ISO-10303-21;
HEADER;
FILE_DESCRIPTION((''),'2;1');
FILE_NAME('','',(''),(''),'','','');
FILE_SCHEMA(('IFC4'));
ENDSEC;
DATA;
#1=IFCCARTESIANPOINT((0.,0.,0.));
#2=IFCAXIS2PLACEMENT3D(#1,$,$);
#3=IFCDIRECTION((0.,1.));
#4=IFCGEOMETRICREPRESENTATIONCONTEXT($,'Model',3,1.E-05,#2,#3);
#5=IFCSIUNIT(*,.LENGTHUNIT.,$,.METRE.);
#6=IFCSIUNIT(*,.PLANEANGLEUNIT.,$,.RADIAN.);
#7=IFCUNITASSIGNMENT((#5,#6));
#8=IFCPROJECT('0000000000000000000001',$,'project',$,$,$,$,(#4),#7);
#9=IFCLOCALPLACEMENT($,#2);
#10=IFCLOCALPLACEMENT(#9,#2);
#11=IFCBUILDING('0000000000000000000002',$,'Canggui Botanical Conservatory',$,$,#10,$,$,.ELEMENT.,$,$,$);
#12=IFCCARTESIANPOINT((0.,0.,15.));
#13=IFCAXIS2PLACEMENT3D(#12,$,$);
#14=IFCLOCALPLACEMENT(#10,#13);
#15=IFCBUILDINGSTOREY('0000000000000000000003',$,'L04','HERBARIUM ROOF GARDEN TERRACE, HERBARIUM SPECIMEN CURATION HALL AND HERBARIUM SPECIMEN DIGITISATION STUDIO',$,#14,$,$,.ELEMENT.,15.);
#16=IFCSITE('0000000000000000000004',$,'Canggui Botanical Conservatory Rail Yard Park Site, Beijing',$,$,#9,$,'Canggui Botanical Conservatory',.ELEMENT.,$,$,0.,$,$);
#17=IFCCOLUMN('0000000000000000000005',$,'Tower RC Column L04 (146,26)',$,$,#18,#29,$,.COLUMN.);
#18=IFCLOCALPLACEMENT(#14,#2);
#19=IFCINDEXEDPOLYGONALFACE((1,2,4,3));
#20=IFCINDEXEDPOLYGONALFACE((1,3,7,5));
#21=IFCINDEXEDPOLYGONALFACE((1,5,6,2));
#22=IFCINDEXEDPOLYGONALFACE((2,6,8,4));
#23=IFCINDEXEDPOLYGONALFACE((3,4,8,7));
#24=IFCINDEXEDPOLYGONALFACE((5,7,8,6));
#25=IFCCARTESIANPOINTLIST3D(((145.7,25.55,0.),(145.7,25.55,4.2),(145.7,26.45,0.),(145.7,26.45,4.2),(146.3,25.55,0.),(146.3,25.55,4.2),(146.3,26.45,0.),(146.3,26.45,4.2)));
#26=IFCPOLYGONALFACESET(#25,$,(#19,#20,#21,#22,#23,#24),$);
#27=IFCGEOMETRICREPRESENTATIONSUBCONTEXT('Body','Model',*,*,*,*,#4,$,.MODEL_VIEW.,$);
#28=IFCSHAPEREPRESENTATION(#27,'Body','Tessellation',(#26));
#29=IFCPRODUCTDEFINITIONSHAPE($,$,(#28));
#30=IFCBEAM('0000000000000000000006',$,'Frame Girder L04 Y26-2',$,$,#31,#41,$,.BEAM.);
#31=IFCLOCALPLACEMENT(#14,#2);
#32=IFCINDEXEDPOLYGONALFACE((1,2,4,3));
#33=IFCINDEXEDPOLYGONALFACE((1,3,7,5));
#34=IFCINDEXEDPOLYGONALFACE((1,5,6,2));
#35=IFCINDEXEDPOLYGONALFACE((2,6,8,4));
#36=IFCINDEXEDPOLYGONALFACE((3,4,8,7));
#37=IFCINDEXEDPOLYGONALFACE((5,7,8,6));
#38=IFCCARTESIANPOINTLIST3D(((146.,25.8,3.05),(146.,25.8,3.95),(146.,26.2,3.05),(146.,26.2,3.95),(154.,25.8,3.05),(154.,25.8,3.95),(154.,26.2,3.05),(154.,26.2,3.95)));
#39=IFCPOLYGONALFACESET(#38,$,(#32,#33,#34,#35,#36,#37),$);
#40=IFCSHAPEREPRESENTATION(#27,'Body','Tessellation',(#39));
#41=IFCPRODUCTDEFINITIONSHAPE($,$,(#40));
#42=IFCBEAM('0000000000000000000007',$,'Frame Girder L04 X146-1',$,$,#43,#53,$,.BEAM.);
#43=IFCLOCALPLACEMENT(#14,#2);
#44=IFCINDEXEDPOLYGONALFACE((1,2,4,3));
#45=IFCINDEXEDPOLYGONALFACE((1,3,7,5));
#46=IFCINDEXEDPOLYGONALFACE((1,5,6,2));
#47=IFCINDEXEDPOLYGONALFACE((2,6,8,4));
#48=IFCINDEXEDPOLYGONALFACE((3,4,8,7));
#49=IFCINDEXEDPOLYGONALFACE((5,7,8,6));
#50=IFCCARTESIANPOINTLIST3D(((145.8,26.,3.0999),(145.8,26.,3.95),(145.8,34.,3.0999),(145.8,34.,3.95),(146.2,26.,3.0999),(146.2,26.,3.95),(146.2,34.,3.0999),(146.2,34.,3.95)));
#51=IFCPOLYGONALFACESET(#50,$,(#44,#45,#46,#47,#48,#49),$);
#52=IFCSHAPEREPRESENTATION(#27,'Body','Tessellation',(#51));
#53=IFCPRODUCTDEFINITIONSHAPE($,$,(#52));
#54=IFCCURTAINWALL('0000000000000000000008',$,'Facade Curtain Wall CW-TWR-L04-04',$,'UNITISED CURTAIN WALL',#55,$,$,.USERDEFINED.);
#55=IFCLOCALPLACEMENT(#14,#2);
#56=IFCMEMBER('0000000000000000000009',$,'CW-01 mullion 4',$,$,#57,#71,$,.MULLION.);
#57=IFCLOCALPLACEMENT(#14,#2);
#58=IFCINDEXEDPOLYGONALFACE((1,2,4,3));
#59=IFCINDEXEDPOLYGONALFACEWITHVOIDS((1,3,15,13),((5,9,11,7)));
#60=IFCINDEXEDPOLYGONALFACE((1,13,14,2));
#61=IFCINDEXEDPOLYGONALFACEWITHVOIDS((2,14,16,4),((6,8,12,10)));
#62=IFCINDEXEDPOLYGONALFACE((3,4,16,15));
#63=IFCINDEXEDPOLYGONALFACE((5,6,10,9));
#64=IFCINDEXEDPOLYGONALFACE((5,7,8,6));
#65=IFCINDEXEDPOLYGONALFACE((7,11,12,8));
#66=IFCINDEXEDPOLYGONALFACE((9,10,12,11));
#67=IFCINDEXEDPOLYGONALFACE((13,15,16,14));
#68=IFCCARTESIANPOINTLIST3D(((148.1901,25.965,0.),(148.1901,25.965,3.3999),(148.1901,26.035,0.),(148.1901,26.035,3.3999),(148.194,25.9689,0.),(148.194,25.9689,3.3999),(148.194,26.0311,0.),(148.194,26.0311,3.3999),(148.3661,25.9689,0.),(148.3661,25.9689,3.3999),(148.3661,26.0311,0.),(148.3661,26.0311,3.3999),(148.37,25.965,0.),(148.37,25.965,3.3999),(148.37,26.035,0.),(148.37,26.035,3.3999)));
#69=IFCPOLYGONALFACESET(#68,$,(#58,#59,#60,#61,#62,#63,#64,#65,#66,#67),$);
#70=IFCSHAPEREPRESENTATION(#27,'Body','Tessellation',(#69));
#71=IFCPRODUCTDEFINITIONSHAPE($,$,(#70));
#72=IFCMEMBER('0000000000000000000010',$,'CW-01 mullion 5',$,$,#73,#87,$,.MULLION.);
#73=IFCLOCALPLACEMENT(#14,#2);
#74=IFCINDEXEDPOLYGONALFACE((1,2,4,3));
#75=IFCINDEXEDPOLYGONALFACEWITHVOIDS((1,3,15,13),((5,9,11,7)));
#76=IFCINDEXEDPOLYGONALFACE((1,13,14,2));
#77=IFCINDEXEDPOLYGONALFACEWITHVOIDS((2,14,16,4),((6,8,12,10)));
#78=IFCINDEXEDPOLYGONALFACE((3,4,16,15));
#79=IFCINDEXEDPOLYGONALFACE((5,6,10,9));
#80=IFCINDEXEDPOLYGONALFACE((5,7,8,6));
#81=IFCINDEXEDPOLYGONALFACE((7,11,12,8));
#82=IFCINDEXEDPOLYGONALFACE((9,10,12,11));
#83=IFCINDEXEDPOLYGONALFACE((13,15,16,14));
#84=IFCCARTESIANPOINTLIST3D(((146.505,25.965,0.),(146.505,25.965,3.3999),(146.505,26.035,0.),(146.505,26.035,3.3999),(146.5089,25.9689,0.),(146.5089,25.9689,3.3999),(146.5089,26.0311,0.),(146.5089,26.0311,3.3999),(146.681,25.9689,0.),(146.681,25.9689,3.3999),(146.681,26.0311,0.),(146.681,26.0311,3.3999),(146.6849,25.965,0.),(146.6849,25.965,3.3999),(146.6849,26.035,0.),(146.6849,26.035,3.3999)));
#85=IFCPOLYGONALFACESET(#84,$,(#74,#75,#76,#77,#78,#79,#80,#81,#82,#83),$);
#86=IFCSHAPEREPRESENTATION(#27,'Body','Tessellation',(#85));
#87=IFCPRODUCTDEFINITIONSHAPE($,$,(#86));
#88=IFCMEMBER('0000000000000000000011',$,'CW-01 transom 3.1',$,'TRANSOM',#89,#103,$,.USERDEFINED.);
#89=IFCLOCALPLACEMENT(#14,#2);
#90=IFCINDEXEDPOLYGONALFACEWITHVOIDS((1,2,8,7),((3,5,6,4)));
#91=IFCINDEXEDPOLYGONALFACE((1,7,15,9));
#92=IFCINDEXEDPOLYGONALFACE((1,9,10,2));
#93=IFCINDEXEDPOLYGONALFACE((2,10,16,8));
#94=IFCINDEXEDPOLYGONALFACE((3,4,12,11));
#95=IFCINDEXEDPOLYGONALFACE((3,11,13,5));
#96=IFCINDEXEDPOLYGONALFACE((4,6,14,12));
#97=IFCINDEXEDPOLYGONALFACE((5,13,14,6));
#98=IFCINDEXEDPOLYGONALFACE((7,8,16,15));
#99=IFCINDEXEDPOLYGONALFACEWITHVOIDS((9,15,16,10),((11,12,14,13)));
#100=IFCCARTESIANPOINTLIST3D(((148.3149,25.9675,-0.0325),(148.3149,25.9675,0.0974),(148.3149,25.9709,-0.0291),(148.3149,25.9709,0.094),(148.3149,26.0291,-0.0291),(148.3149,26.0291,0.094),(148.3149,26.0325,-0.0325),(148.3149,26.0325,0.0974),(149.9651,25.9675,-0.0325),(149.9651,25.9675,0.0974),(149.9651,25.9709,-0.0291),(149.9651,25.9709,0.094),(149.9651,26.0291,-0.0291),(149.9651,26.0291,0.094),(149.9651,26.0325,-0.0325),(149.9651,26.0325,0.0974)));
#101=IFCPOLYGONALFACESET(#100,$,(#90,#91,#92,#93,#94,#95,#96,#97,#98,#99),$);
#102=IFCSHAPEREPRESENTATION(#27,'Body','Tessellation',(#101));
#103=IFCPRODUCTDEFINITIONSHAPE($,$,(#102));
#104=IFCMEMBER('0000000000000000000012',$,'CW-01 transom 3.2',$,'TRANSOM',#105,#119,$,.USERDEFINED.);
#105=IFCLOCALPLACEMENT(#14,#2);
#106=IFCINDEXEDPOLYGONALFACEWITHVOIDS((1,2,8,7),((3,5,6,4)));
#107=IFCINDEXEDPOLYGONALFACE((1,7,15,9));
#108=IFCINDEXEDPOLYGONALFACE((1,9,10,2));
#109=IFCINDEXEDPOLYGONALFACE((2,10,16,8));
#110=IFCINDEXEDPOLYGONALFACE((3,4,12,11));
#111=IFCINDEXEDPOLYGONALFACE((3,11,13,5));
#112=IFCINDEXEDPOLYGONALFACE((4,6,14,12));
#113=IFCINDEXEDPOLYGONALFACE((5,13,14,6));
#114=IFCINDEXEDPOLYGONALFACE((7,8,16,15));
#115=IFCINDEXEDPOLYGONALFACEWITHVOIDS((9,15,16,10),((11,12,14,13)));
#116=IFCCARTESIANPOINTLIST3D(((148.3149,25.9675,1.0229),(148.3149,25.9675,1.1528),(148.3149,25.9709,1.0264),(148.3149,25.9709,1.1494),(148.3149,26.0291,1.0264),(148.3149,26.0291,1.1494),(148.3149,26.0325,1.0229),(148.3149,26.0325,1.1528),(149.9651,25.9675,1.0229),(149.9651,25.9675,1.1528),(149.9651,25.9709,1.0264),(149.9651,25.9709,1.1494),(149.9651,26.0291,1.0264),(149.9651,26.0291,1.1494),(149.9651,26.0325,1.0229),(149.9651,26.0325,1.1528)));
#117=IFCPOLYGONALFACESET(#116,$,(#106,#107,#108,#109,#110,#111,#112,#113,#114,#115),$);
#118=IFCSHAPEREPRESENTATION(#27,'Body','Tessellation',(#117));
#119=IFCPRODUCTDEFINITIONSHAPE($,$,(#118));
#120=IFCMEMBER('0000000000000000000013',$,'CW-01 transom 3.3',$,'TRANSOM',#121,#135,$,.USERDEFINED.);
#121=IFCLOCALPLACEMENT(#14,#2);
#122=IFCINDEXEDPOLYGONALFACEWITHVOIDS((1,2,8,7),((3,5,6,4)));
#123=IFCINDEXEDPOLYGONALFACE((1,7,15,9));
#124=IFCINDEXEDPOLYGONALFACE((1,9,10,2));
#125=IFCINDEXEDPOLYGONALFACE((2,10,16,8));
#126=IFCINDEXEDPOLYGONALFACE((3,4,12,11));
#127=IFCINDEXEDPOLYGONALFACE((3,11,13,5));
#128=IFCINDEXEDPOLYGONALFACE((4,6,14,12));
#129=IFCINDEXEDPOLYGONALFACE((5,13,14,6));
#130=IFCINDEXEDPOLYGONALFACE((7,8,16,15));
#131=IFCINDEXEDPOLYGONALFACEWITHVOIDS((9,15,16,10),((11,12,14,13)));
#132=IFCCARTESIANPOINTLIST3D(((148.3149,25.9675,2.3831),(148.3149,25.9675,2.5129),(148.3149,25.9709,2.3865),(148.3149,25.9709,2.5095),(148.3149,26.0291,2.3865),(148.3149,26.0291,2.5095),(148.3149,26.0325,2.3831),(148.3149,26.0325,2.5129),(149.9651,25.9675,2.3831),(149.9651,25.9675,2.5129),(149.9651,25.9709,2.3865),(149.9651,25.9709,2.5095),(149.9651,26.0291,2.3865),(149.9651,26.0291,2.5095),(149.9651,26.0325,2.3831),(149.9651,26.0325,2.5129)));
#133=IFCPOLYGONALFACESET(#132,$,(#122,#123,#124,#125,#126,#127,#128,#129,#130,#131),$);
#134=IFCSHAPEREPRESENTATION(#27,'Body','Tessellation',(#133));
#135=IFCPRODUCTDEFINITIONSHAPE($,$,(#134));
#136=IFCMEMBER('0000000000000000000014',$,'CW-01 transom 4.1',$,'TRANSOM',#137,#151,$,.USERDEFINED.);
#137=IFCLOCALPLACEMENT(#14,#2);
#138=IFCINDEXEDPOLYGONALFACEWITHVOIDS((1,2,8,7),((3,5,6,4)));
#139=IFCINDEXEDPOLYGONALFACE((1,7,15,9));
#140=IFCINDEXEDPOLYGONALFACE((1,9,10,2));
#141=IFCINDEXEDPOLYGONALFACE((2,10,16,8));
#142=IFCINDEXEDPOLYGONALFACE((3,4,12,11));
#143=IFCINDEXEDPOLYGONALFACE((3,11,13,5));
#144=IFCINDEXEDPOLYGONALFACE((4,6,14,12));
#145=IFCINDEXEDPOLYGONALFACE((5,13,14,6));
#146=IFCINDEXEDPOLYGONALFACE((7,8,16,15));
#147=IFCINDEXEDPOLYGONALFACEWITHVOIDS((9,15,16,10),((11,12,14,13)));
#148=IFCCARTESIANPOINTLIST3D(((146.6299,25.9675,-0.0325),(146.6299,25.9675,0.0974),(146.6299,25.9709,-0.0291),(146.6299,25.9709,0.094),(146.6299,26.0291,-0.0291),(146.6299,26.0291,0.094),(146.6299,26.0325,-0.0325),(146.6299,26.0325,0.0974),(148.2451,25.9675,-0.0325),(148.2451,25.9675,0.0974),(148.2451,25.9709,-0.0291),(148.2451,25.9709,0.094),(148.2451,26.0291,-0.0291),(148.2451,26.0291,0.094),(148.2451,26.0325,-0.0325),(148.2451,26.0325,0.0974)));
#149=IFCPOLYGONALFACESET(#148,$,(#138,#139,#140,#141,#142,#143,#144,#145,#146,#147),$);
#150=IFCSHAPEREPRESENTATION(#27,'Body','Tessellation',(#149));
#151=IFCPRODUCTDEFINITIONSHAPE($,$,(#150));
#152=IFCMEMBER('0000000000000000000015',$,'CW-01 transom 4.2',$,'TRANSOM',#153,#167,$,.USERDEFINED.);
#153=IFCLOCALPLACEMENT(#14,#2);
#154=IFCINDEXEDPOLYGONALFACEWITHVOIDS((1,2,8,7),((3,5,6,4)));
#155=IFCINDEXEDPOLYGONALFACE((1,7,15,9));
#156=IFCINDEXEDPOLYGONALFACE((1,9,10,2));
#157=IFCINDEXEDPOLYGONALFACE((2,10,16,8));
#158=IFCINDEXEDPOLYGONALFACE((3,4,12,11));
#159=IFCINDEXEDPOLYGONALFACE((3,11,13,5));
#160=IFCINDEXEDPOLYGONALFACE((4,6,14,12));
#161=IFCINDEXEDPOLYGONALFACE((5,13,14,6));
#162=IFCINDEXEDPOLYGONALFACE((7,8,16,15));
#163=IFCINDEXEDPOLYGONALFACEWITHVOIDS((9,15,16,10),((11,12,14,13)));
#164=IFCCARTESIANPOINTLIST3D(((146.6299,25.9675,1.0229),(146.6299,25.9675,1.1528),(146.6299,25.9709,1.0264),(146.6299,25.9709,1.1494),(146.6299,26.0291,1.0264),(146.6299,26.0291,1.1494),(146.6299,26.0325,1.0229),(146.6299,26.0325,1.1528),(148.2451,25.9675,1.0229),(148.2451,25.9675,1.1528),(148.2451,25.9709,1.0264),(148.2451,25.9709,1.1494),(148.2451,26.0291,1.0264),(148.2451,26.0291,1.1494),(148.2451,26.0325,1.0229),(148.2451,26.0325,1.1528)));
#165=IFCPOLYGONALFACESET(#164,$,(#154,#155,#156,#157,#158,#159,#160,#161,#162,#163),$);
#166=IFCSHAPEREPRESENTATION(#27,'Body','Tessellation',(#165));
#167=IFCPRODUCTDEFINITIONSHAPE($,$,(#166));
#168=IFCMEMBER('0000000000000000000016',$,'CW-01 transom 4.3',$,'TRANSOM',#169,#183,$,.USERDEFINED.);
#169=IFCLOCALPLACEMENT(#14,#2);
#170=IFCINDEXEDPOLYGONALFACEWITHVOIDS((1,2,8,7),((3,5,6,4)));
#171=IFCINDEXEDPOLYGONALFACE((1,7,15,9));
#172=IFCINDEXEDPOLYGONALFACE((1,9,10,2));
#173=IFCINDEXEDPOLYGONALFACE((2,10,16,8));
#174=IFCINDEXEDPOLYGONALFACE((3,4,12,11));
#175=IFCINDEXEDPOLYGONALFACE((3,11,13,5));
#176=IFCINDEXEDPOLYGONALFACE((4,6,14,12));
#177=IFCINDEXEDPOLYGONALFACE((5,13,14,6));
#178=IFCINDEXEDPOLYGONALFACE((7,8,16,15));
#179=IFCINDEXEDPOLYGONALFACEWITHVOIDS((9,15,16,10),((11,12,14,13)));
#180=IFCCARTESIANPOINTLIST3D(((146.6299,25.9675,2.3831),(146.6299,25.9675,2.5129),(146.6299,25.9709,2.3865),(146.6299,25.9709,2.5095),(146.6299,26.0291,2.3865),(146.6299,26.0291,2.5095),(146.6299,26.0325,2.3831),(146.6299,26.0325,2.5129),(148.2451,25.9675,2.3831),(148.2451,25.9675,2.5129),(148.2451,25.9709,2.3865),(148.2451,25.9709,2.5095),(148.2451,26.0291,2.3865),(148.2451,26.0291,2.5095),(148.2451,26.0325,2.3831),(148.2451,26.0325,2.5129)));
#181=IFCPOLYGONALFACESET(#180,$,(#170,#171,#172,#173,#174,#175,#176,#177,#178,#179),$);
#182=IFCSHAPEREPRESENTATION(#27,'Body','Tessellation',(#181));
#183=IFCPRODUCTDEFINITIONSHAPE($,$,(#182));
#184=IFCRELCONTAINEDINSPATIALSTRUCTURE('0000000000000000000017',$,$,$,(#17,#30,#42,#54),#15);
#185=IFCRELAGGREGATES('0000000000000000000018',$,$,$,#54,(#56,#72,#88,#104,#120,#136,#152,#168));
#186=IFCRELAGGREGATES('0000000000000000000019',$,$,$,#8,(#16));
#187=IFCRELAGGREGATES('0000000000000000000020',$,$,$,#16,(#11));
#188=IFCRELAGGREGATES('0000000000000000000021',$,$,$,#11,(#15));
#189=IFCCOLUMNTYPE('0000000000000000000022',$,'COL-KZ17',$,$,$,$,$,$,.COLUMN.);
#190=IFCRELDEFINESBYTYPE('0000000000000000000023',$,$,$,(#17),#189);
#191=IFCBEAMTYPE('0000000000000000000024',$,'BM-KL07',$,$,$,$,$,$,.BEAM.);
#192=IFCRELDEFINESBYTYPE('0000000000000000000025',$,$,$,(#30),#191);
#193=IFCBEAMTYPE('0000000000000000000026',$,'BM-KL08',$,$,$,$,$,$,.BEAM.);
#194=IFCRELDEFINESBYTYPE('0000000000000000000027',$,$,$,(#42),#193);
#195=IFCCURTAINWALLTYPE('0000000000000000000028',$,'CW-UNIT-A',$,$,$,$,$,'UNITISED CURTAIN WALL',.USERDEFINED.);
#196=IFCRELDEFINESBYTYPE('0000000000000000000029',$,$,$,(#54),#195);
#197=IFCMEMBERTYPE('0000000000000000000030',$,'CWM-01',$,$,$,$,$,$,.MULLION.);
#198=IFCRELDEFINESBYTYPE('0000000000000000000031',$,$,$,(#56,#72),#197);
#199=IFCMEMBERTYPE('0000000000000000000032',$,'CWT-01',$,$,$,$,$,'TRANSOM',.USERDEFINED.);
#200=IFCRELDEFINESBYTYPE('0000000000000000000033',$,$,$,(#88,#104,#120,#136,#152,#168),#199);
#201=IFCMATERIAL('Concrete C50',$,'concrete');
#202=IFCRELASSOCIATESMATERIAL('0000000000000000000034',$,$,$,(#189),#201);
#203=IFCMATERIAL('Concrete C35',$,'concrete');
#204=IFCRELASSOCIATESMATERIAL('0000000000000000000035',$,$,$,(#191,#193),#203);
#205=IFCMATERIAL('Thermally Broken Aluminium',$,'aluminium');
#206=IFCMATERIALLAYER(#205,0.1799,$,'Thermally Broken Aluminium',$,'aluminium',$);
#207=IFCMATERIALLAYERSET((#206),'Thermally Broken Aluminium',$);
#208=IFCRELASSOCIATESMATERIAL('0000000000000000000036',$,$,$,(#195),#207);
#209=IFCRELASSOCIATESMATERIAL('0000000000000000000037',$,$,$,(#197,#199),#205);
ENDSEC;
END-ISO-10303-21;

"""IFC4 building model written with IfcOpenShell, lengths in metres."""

from ifc_helpers import new_model, si_unit, direction, frame, origin, origin_2d, place, context, subcontext, project, spatial, rectangle, hollow_rectangle, extrude, material, layer, layer_set, material_profile, profile_set, type_object, element, aggregate, save


model = new_model("IFC4")

# Units and contexts
model_context = context("Model", 3, precision=1e-05, world=origin(), true_north=direction((0.0, 1.0)))
body_context = subcontext(model_context, "Body", "Model", "MODEL_VIEW")
ifc_project = project(units=[si_unit("LENGTHUNIT", "METRE"), si_unit("PLANEANGLEUNIT", "RADIAN")], contexts=[model_context])

# Site, building, storey
site_placement = place(None, origin())
site = spatial("IfcSite", under=ifc_project, at=site_placement, Name="Canggui Botanical Conservatory Rail Yard Park Site, Beijing", LongName="Canggui Botanical Conservatory", CompositionType="ELEMENT", RefElevation=0.0)
building_placement = place(site_placement, origin())
building = spatial("IfcBuilding", under=site, at=building_placement, Name="Canggui Botanical Conservatory", CompositionType="ELEMENT")
storey_placement = place(building_placement, frame((0.0, 0.0, 15.0)))
storey = spatial("IfcBuildingStorey", under=building, at=storey_placement, Name="L04", Description="HERBARIUM ROOF GARDEN TERRACE, HERBARIUM SPECIMEN CURATION HALL AND HERBARIUM SPECIMEN DIGITISATION STUDIO", CompositionType="ELEMENT", Elevation=15.0)

# Column
ifc_material_1 = material(Name="Concrete C50", Category="concrete")
ifc_material_profile_1 = material_profile(ifc_material_1, rectangle(XDim=0.6001, YDim=0.8999, at=origin_2d()), Name="RC 600x900")
ifc_profile_set_1 = profile_set([ifc_material_profile_1], Name="Concrete C50")
column_type = type_object("IfcColumnType", Name="COL-KZ17", PredefinedType="COLUMN", material=ifc_profile_set_1)
column_placement = place(storey_placement, frame((146.0, 26.0, 0.0), z_axis=(0.0, 0.0, 1.0), x_axis=(1.0, 0.0, 0.0)))
element("IfcColumn", 1, at=column_placement, inside=storey, type_object=column_type, Name="Tower RC Column L04 (146,26)", PredefinedType="COLUMN", context=body_context, shape_type="SweptSolid", body=[
    extrude(rectangle(XDim=0.6001, YDim=0.8999, at=origin_2d()), origin(), (0.0, 0.0, 1.0), 4.2),
])

# Beams
ifc_material_2 = material(Name="Concrete C35", Category="concrete")
ifc_material_profile_2 = material_profile(ifc_material_2, rectangle(XDim=0.3999, YDim=0.8999, at=origin_2d()), Name="RB 400x900")
ifc_profile_set_2 = profile_set([ifc_material_profile_2], Name="Concrete C35")
beam_type_1 = type_object("IfcBeamType", Name="BM-KL07", PredefinedType="BEAM", material=ifc_profile_set_2)
beam_1_placement = place(storey_placement, frame((146.0, 26.0, 3.5), z_axis=(1.0, 0.0, 0.0), x_axis=(0.0, 1.0, 0.0)))
element("IfcBeam", 2, at=beam_1_placement, inside=storey, type_object=beam_type_1, Name="Frame Girder L04 Y26-2", PredefinedType="BEAM", context=body_context, shape_type="SweptSolid", body=[
    extrude(rectangle(XDim=0.3999, YDim=0.8999, at=origin_2d()), origin(), (0.0, 0.0, 1.0), 8.0),
])
ifc_material_profile_3 = material_profile(ifc_material_2, rectangle(XDim=0.3999, YDim=0.8501, at=origin_2d()), Name="RB 400x850")
ifc_profile_set_3 = profile_set([ifc_material_profile_3], Name="Concrete C35")
beam_type_2 = type_object("IfcBeamType", Name="BM-KL08", PredefinedType="BEAM", material=ifc_profile_set_3)
beam_2_placement = place(storey_placement, frame((146.0, 26.0, 3.5249), z_axis=(0.0, 1.0, 0.0), x_axis=(-1.0, 0.0, 0.0)))
element("IfcBeam", 3, at=beam_2_placement, inside=storey, type_object=beam_type_2, Name="Frame Girder L04 X146-1", PredefinedType="BEAM", context=body_context, shape_type="SweptSolid", body=[
    extrude(rectangle(XDim=0.3999, YDim=0.8501, at=origin_2d()), origin(), (0.0, 0.0, 1.0), 8.0),
])

# Curtain wall, members
ifc_material_3 = material(Name="Thermally Broken Aluminium", Category="aluminium")
ifc_layer_1 = layer(ifc_material_3, 0.1799, Name="Thermally Broken Aluminium", Category="aluminium")
ifc_layer_set_1 = layer_set([ifc_layer_1], Name="Thermally Broken Aluminium")
curtain_wall_type = type_object("IfcCurtainWallType", Name="CW-UNIT-A", ElementType="UNITISED CURTAIN WALL", PredefinedType="USERDEFINED", material=ifc_layer_set_1)
curtain_wall_placement = place(storey_placement, origin())
curtain_wall = element("IfcCurtainWall", 4, at=curtain_wall_placement, inside=storey, type_object=curtain_wall_type, Name="Facade Curtain Wall CW-TWR-L04-04", ObjectType="UNITISED CURTAIN WALL", PredefinedType="USERDEFINED")
ifc_material_profile_4 = material_profile(ifc_material_3, hollow_rectangle(XDim=0.0701, YDim=0.1799, WallThickness=0.0039, at=origin_2d()), Name="CWM 70x180x4")
ifc_profile_set_4 = profile_set([ifc_material_profile_4], Name="Thermally Broken Aluminium")
member_type_1 = type_object("IfcMemberType", Name="CWM-01", PredefinedType="MULLION", material=ifc_profile_set_4)
member_1_placement = place(storey_placement, frame((148.28, 26.0, 0.0), z_axis=(0.0, 0.0, 1.0), x_axis=(0.0, -1.0, 0.0)))
member_1 = element("IfcMember", 5, at=member_1_placement, type_object=member_type_1, Name="CW-01 mullion 4", PredefinedType="MULLION", context=body_context, shape_type="SweptSolid", body=[
    extrude(hollow_rectangle(XDim=0.0701, YDim=0.1799, WallThickness=0.0039, at=origin_2d()), origin(), (0.0, 0.0, 1.0), 3.3999),
])
member_2_placement = place(storey_placement, frame((146.595, 26.0, 0.0), z_axis=(0.0, 0.0, 1.0), x_axis=(0.0, -1.0, 0.0)))
member_2 = element("IfcMember", 6, at=member_2_placement, type_object=member_type_1, Name="CW-01 mullion 5", PredefinedType="MULLION", context=body_context, shape_type="SweptSolid", body=[
    extrude(hollow_rectangle(XDim=0.0701, YDim=0.1799, WallThickness=0.0039, at=origin_2d()), origin(), (0.0, 0.0, 1.0), 3.3999),
])
ifc_material_profile_5 = material_profile(ifc_material_3, hollow_rectangle(XDim=0.0649, YDim=0.1299, WallThickness=0.0034, at=origin_2d()), Name="CWT 65x130x3.5")
ifc_profile_set_5 = profile_set([ifc_material_profile_5], Name="Thermally Broken Aluminium")
member_type_2 = type_object("IfcMemberType", Name="CWT-01", ElementType="TRANSOM", PredefinedType="USERDEFINED", material=ifc_profile_set_5)
member_3_placement = place(storey_placement, frame((149.9651, 26.0, 0.0325), z_axis=(-1.0, 0.0, 0.0), x_axis=(0.0, -1.0, 0.0)))
member_3 = element("IfcMember", 7, at=member_3_placement, type_object=member_type_2, Name="CW-01 transom 3.1", ObjectType="TRANSOM", PredefinedType="USERDEFINED", context=body_context, shape_type="SweptSolid", body=[
    extrude(hollow_rectangle(XDim=0.0649, YDim=0.1299, WallThickness=0.0034, at=origin_2d()), origin(), (0.0, 0.0, 1.0), 1.6501),
])
member_4_placement = place(storey_placement, frame((149.9651, 26.0, 1.0879), z_axis=(-1.0, 0.0, 0.0), x_axis=(0.0, -1.0, 0.0)))
member_4 = element("IfcMember", 8, at=member_4_placement, type_object=member_type_2, Name="CW-01 transom 3.2", ObjectType="TRANSOM", PredefinedType="USERDEFINED", context=body_context, shape_type="SweptSolid", body=[
    extrude(hollow_rectangle(XDim=0.0649, YDim=0.1299, WallThickness=0.0034, at=origin_2d()), origin(), (0.0, 0.0, 1.0), 1.6501),
])
member_5_placement = place(storey_placement, frame((149.9651, 26.0, 2.448), z_axis=(-1.0, 0.0, 0.0), x_axis=(0.0, -1.0, 0.0)))
member_5 = element("IfcMember", 9, at=member_5_placement, type_object=member_type_2, Name="CW-01 transom 3.3", ObjectType="TRANSOM", PredefinedType="USERDEFINED", context=body_context, shape_type="SweptSolid", body=[
    extrude(hollow_rectangle(XDim=0.0649, YDim=0.1299, WallThickness=0.0034, at=origin_2d()), origin(), (0.0, 0.0, 1.0), 1.6501),
])
member_6_placement = place(storey_placement, frame((148.2451, 26.0, 0.0325), z_axis=(-1.0, 0.0, 0.0), x_axis=(0.0, -1.0, 0.0)))
member_6 = element("IfcMember", 10, at=member_6_placement, type_object=member_type_2, Name="CW-01 transom 4.1", ObjectType="TRANSOM", PredefinedType="USERDEFINED", context=body_context, shape_type="SweptSolid", body=[
    extrude(hollow_rectangle(XDim=0.0649, YDim=0.1299, WallThickness=0.0034, at=origin_2d()), origin(), (0.0, 0.0, 1.0), 1.6152),
])
member_7_placement = place(storey_placement, frame((148.2451, 26.0, 1.0879), z_axis=(-1.0, 0.0, 0.0), x_axis=(0.0, -1.0, 0.0)))
member_7 = element("IfcMember", 11, at=member_7_placement, type_object=member_type_2, Name="CW-01 transom 4.2", ObjectType="TRANSOM", PredefinedType="USERDEFINED", context=body_context, shape_type="SweptSolid", body=[
    extrude(hollow_rectangle(XDim=0.0649, YDim=0.1299, WallThickness=0.0034, at=origin_2d()), origin(), (0.0, 0.0, 1.0), 1.6152),
])
member_8_placement = place(storey_placement, frame((148.2451, 26.0, 2.448), z_axis=(-1.0, 0.0, 0.0), x_axis=(0.0, -1.0, 0.0)))
member_8 = element("IfcMember", 12, at=member_8_placement, type_object=member_type_2, Name="CW-01 transom 4.3", ObjectType="TRANSOM", PredefinedType="USERDEFINED", context=body_context, shape_type="SweptSolid", body=[
    extrude(hollow_rectangle(XDim=0.0649, YDim=0.1299, WallThickness=0.0034, at=origin_2d()), origin(), (0.0, 0.0, 1.0), 1.6152),
])
aggregate(curtain_wall, [member_1, member_2, member_3, member_4, member_5, member_6, member_7, member_8])

save(model, "model.ifc")
